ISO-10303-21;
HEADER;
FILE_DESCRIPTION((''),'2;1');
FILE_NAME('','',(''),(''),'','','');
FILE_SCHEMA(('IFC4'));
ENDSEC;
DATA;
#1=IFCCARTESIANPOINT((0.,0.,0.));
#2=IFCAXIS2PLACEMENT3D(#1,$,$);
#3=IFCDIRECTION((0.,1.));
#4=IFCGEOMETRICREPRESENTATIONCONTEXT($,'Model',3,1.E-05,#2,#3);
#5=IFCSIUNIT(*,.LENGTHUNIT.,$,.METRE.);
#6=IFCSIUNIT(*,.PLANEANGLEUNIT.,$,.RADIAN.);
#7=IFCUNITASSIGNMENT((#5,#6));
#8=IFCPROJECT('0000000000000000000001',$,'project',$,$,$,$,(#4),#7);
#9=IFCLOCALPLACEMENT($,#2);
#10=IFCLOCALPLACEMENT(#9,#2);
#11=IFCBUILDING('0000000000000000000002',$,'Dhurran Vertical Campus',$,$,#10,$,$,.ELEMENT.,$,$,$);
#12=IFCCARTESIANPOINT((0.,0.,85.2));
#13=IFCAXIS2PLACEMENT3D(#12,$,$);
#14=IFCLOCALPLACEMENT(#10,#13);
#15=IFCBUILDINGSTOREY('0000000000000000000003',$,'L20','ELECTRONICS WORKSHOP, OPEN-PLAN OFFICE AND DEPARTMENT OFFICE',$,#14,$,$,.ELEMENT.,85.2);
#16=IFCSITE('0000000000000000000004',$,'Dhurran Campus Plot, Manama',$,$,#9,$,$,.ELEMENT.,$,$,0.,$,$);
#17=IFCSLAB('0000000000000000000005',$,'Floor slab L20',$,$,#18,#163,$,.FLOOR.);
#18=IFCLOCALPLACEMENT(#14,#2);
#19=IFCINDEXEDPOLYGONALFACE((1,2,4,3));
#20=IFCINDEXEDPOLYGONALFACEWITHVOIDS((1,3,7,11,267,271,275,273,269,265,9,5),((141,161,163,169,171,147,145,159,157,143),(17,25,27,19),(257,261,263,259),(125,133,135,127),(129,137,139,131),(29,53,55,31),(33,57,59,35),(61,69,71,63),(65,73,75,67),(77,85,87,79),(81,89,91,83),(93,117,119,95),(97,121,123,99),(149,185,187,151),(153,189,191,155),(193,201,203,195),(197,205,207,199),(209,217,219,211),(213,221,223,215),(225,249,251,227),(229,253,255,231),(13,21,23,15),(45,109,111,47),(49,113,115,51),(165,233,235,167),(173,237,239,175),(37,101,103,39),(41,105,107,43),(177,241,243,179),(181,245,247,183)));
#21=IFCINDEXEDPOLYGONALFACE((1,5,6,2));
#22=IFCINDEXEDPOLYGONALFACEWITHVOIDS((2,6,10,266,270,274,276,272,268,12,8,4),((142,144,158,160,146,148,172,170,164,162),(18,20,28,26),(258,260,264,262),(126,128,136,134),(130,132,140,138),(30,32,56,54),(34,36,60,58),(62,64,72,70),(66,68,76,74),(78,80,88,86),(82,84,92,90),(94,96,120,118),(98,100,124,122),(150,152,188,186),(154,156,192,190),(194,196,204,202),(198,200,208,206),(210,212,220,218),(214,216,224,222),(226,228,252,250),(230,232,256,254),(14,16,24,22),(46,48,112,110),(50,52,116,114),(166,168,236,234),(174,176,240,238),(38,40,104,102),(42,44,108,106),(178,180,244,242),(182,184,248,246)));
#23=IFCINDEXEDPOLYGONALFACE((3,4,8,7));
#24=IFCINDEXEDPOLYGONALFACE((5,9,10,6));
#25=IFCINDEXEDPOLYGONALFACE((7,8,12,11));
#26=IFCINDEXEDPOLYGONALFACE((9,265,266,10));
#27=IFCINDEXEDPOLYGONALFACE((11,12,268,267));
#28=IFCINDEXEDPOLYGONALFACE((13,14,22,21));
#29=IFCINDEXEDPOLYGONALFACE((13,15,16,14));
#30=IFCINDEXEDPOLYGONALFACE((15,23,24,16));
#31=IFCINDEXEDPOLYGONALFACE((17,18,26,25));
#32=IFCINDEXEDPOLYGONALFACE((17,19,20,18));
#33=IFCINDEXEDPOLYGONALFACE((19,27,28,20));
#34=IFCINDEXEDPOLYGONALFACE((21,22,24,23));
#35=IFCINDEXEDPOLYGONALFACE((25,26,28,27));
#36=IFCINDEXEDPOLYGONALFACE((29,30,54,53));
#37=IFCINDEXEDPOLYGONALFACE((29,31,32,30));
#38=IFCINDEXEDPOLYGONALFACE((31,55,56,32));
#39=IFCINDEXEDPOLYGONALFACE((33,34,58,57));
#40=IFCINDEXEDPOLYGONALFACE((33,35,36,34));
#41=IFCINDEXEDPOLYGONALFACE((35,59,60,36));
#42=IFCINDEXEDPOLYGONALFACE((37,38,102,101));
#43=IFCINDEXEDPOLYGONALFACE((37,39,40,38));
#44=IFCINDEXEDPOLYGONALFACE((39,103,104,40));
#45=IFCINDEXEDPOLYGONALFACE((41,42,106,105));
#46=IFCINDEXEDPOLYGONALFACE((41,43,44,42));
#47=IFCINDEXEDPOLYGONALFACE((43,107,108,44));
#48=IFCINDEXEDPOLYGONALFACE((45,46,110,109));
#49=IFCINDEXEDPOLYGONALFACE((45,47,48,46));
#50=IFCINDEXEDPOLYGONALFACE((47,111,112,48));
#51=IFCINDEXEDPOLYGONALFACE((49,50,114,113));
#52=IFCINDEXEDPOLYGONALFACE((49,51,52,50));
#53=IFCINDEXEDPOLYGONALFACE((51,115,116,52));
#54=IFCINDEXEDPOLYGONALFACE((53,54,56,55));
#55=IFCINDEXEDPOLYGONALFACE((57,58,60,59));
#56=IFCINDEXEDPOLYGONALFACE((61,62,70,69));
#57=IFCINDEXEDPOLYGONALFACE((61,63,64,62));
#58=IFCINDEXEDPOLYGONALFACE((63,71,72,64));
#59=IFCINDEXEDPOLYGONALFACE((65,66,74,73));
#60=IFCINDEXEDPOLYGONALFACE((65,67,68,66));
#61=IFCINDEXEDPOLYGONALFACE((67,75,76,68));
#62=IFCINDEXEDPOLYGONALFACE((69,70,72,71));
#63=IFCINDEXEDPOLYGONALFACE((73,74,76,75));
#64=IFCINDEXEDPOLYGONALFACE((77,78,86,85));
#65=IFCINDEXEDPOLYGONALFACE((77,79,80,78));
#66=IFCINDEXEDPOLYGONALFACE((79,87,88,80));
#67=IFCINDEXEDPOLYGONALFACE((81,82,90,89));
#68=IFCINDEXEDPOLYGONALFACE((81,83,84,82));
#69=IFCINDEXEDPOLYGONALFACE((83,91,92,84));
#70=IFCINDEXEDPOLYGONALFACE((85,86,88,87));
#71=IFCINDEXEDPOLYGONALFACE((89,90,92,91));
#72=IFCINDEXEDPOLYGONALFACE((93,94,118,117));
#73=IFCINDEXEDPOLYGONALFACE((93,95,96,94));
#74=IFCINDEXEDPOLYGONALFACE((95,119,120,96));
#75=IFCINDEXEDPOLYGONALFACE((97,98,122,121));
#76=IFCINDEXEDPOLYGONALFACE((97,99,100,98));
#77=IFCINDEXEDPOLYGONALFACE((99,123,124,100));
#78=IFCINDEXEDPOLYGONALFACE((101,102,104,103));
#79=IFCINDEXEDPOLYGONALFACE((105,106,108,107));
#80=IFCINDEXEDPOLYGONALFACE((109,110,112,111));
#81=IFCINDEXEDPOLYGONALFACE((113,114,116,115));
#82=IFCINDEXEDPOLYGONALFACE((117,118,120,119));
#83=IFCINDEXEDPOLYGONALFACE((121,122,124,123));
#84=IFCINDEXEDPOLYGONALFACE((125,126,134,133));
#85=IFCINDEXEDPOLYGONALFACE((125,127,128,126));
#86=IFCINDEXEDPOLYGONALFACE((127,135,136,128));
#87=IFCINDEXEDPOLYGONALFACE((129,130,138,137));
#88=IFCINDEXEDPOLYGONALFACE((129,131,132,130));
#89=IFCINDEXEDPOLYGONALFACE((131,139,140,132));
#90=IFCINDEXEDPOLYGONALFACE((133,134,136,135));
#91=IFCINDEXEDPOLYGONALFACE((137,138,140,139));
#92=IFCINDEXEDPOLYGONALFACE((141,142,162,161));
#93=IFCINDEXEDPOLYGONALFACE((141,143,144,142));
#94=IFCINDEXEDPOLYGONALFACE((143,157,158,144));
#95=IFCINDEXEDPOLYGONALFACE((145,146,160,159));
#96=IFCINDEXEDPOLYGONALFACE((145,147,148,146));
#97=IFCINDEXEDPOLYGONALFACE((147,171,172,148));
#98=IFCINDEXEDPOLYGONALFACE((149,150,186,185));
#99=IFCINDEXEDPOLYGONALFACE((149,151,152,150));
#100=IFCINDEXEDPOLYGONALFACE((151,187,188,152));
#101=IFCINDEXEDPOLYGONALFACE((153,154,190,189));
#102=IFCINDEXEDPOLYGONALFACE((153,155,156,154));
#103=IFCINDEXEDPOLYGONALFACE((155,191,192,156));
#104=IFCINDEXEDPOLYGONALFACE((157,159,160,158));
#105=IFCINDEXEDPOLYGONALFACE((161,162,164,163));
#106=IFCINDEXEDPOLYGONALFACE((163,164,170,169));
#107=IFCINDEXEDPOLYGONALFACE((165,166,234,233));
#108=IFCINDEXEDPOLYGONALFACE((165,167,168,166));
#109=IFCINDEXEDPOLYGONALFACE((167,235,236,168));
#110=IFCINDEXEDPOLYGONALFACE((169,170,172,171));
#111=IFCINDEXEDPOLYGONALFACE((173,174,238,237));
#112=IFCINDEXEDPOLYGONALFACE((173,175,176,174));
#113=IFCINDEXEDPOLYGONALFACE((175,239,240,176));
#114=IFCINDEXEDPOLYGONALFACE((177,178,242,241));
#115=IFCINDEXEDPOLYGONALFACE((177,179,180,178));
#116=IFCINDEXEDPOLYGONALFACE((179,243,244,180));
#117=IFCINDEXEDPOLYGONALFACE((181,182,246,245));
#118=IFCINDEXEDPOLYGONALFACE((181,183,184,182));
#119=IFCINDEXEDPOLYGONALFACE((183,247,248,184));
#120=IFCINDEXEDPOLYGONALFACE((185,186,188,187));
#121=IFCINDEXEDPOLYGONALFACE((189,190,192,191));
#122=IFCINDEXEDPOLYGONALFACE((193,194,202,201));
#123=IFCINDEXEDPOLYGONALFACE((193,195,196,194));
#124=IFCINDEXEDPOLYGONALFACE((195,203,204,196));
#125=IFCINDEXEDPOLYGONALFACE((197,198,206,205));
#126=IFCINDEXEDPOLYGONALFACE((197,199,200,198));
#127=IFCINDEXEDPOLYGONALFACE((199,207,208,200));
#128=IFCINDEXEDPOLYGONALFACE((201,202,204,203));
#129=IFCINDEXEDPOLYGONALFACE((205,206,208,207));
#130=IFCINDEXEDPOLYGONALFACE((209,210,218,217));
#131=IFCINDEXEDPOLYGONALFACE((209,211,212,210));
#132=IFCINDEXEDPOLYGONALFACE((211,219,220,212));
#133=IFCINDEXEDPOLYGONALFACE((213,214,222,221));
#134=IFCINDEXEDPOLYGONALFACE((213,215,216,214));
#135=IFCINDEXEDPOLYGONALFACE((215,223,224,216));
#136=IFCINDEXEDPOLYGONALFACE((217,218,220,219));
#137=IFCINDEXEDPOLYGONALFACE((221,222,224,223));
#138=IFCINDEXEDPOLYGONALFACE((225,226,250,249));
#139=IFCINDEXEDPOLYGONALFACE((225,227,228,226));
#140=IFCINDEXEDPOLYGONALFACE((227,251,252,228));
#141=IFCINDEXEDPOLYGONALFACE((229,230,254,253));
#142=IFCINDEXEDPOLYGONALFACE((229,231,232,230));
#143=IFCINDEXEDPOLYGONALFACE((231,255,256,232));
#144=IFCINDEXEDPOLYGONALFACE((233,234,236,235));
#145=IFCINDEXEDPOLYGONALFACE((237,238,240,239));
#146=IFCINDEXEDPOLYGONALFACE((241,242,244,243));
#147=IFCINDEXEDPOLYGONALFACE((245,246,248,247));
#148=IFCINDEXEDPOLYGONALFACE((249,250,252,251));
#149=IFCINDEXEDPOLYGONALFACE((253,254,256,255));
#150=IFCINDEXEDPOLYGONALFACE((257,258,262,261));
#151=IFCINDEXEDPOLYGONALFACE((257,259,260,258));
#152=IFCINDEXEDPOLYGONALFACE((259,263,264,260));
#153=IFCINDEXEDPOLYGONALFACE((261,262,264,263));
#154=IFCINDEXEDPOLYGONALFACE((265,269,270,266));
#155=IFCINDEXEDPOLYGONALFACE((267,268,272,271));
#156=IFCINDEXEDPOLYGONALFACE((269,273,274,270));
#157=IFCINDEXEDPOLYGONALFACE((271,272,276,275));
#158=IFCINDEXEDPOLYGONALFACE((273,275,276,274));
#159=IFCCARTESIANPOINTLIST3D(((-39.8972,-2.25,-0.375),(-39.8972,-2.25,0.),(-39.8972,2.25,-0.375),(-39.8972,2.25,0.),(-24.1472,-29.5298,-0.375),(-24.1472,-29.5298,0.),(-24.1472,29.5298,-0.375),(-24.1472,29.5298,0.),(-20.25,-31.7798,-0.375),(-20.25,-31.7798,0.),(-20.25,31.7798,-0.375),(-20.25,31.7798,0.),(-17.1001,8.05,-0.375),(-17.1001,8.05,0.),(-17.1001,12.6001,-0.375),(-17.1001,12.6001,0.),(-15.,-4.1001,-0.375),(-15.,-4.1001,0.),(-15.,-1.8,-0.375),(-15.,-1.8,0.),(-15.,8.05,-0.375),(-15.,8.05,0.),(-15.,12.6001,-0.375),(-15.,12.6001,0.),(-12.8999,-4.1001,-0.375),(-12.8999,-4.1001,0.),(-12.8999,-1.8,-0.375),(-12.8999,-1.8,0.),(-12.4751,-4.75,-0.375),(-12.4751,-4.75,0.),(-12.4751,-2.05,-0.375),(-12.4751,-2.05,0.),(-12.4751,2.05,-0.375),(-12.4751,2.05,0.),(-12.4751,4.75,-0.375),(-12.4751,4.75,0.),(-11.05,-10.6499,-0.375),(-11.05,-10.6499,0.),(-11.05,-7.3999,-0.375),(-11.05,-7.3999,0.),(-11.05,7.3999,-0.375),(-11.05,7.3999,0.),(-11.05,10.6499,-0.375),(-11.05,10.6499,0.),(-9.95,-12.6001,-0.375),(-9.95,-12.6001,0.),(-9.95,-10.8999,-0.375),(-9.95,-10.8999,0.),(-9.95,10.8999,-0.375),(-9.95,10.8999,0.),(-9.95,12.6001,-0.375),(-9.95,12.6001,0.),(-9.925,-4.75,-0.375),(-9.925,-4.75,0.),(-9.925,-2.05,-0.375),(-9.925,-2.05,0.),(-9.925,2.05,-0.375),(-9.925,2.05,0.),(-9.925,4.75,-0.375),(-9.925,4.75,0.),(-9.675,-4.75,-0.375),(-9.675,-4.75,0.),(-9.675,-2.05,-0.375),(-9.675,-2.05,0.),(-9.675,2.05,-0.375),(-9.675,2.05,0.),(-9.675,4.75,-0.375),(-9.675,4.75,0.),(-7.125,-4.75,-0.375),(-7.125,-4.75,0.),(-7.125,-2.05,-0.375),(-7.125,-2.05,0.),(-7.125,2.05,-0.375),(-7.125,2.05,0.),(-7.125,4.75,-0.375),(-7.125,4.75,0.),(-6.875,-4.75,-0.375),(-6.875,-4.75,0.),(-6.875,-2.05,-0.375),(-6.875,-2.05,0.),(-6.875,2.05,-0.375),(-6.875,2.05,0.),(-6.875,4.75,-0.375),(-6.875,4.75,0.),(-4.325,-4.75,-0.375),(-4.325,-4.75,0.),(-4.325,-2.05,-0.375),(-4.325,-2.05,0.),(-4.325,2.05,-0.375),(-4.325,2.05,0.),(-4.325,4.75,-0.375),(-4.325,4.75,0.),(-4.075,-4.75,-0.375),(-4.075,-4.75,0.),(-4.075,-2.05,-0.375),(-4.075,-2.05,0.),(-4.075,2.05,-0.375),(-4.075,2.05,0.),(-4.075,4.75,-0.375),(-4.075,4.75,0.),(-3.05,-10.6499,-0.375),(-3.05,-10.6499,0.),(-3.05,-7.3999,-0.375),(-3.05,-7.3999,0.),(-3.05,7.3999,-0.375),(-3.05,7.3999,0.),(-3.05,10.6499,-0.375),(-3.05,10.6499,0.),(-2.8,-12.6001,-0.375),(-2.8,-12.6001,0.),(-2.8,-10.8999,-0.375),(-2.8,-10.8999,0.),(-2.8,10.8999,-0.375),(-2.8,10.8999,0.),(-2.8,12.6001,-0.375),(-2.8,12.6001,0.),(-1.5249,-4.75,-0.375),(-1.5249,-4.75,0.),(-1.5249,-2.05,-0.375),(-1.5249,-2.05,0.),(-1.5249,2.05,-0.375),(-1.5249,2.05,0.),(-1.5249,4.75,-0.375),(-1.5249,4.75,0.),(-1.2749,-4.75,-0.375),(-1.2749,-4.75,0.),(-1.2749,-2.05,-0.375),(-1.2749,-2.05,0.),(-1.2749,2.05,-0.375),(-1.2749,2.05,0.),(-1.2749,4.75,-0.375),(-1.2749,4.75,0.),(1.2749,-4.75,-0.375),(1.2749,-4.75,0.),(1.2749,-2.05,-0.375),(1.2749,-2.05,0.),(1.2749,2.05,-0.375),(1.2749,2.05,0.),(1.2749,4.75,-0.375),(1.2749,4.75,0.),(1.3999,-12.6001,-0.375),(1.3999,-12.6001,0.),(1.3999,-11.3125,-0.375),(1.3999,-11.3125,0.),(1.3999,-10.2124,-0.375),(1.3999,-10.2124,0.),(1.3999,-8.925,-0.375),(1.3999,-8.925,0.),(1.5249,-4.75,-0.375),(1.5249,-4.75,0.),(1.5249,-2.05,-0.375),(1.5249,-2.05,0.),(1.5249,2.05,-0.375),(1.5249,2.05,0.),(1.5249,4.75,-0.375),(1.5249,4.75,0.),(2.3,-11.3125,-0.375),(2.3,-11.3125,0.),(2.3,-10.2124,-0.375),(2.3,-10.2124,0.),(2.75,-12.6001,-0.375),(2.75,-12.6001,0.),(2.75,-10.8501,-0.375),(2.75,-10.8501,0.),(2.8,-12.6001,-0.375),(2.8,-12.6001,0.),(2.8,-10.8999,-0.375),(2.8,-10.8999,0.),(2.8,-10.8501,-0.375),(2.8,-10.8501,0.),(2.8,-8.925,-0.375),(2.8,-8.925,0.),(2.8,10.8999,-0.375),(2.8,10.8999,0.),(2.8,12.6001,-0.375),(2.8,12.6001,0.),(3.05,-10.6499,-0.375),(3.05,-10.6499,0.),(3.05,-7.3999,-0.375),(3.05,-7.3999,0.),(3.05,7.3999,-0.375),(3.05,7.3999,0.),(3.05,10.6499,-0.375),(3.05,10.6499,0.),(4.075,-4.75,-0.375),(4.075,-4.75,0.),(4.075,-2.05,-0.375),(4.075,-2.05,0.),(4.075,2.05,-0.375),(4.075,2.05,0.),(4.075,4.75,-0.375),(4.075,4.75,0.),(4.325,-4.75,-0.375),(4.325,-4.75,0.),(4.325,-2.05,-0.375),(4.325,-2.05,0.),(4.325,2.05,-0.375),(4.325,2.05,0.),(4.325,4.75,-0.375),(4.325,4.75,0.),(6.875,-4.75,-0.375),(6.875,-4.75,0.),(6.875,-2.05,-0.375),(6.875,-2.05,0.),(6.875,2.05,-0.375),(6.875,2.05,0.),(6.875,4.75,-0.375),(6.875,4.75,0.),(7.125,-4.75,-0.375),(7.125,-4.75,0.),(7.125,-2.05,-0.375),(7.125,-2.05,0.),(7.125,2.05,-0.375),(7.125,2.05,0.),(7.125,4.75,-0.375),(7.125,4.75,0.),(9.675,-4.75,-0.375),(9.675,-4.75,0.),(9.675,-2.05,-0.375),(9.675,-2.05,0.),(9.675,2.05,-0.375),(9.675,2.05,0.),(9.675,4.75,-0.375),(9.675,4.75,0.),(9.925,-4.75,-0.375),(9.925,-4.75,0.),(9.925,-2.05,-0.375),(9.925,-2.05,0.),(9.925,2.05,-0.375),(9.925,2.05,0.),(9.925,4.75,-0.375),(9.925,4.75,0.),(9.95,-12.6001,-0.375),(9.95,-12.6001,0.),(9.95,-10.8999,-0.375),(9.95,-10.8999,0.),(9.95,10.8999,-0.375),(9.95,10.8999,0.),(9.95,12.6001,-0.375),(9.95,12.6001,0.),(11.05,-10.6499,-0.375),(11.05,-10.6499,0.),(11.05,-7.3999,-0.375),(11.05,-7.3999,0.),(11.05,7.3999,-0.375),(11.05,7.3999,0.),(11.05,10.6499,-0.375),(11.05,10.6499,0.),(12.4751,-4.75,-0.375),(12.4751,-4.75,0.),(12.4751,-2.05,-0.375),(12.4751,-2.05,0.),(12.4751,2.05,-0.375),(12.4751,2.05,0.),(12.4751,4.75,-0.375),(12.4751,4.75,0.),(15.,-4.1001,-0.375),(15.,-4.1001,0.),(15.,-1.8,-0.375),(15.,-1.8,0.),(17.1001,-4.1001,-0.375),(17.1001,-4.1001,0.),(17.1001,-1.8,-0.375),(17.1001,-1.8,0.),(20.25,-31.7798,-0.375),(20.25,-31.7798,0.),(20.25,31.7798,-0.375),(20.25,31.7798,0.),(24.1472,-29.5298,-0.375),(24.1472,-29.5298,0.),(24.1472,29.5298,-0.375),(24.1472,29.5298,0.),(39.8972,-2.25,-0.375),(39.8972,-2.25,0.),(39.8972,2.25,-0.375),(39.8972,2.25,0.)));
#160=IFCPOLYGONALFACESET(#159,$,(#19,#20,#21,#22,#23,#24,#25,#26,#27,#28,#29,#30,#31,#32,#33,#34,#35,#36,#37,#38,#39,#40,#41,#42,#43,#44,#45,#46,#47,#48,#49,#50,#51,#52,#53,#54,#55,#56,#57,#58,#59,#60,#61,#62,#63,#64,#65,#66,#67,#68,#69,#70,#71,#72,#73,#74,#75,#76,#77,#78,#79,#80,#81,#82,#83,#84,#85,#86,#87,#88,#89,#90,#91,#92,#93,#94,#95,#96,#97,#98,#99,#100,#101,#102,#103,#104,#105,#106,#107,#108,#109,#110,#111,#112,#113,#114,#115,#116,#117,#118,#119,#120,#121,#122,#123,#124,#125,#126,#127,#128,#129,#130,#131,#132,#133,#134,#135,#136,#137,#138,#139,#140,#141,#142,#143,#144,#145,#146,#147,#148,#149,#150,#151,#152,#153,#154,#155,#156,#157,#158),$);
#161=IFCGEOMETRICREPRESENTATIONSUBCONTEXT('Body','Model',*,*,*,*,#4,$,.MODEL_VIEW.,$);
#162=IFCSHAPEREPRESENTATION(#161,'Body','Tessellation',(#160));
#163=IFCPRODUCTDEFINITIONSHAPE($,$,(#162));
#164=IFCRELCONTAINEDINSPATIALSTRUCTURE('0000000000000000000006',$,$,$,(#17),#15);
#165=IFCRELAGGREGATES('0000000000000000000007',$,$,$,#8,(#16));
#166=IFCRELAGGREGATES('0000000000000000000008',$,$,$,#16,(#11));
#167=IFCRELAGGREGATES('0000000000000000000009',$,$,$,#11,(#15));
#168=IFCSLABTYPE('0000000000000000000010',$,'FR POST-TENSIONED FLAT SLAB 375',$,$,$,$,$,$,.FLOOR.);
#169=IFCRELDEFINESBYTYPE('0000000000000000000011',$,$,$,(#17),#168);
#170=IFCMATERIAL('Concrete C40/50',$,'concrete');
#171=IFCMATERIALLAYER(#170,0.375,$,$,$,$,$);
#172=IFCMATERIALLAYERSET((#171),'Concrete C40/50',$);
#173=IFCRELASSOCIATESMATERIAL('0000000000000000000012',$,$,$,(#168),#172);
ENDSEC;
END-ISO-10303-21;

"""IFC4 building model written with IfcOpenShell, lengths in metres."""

from ifc_helpers import new_model, si_unit, direction, frame, origin, place, context, subcontext, project, spatial, polyline, outline, extrude, material, layer, layer_set, type_object, element, save


model = new_model("IFC4")

# Units and contexts
model_context = context("Model", 3, precision=1e-05, world=origin(), true_north=direction((0.0, 1.0)))
body_context = subcontext(model_context, "Body", "Model", "MODEL_VIEW")
ifc_project = project(units=[si_unit("LENGTHUNIT", "METRE"), si_unit("PLANEANGLEUNIT", "RADIAN")], contexts=[model_context])

# Site, building, storey
site_placement = place(None, origin())
site = spatial("IfcSite", under=ifc_project, at=site_placement, Name="Dhurran Campus Plot, Manama", CompositionType="ELEMENT", RefElevation=0.0)
building_placement = place(site_placement, origin())
building = spatial("IfcBuilding", under=site, at=building_placement, Name="Dhurran Vertical Campus", CompositionType="ELEMENT")
storey_placement = place(building_placement, frame((0.0, 0.0, 85.2)))
storey = spatial("IfcBuildingStorey", under=building, at=storey_placement, Name="L20", Description="ELECTRONICS WORKSHOP, OPEN-PLAN OFFICE AND DEPARTMENT OFFICE", CompositionType="ELEMENT", Elevation=85.2)

# Slab
ifc_material_1 = material(Name="Concrete C40/50", Category="concrete")
ifc_layer_1 = layer(ifc_material_1, 0.375)
ifc_layer_set_1 = layer_set([ifc_layer_1], Name="Concrete C40/50")
slab_type = type_object("IfcSlabType", Name="FR POST-TENSIONED FLAT SLAB 375", PredefinedType="FLOOR", material=ifc_layer_set_1)
slab_placement = place(storey_placement, frame((0.0, 0.0, -0.375)))
element("IfcSlab", 1, at=slab_placement, inside=storey, type_object=slab_type, Name="Floor slab L20", PredefinedType="FLOOR", context=body_context, shape_type="SweptSolid", body=[
    extrude(outline(polyline([(-20.25, -31.7798), (20.25, -31.7798), (24.1472, -29.5298), (39.8972, -2.25), (39.8972, 2.25), (24.1472, 29.5298), (20.25, 31.7798), (-20.25, 31.7798), (-24.1472, 29.5298), (-39.8972, 2.25), (-39.8972, -2.25), (-24.1472, -29.5298), (-20.25, -31.7798)]), holes=[polyline([(-12.4751, 2.05), (-9.925, 2.05), (-9.925, 4.75), (-12.4751, 4.75), (-12.4751, 2.05)]), polyline([(-9.675, 2.05), (-7.125, 2.05), (-7.125, 4.75), (-9.675, 4.75), (-9.675, 2.05)]), polyline([(-6.875, 2.05), (-4.325, 2.05), (-4.325, 4.75), (-6.875, 4.75), (-6.875, 2.05)]), polyline([(-1.2749, 2.05), (1.2749, 2.05), (1.2749, 4.75), (-1.2749, 4.75), (-1.2749, 2.05)]), polyline([(9.925, 2.05), (12.4751, 2.05), (12.4751, 4.75), (9.925, 4.75), (9.925, 2.05)]), polyline([(-1.2749, -4.75), (1.2749, -4.75), (1.2749, -2.05), (-1.2749, -2.05), (-1.2749, -4.75)]), polyline([(1.5249, -4.75), (4.075, -4.75), (4.075, -2.05), (1.5249, -2.05), (1.5249, -4.75)]), polyline([(4.325, -4.75), (6.875, -4.75), (6.875, -2.05), (4.325, -2.05), (4.325, -4.75)]), polyline([(7.125, -4.75), (9.675, -4.75), (9.675, -2.05), (7.125, -2.05), (7.125, -4.75)]), polyline([(9.925, -4.75), (12.4751, -4.75), (12.4751, -2.05), (9.925, -2.05), (9.925, -4.75)]), polyline([(-4.075, 2.05), (-1.5249, 2.05), (-1.5249, 4.75), (-4.075, 4.75), (-4.075, 2.05)]), polyline([(1.5249, 2.05), (4.075, 2.05), (4.075, 4.75), (1.5249, 4.75), (1.5249, 2.05)]), polyline([(4.325, 2.05), (6.875, 2.05), (6.875, 4.75), (4.325, 4.75), (4.325, 2.05)]), polyline([(7.125, 2.05), (9.675, 2.05), (9.675, 4.75), (7.125, 4.75), (7.125, 2.05)]), polyline([(-12.4751, -4.75), (-9.925, -4.75), (-9.925, -2.05), (-12.4751, -2.05), (-12.4751, -4.75)]), polyline([(-9.675, -4.75), (-7.125, -4.75), (-7.125, -2.05), (-9.675, -2.05), (-9.675, -4.75)]), polyline([(-6.875, -4.75), (-4.325, -4.75), (-4.325, -2.05), (-6.875, -2.05), (-6.875, -4.75)]), polyline([(-4.075, -4.75), (-1.5249, -4.75), (-1.5249, -2.05), (-4.075, -2.05), (-4.075, -4.75)]), polyline([(-11.05, 7.3999), (-3.05, 7.3999), (-3.05, 10.6499), (-11.05, 10.6499), (-11.05, 7.3999)]), polyline([(3.05, 7.3999), (11.05, 7.3999), (11.05, 10.6499), (3.05, 10.6499), (3.05, 7.3999)]), polyline([(-11.05, -10.6499), (-3.05, -10.6499), (-3.05, -7.3999), (-11.05, -7.3999), (-11.05, -10.6499)]), polyline([(3.05, -10.6499), (11.05, -10.6499), (11.05, -7.3999), (3.05, -7.3999), (3.05, -10.6499)]), polyline([(-9.95, 10.8999), (-9.95, 12.6001), (-2.8, 12.6001), (-2.8, 10.8999), (-9.95, 10.8999)]), polyline([(9.95, 12.6001), (9.95, 10.8999), (2.8, 10.8999), (2.8, 12.6001), (9.95, 12.6001)]), polyline([(-9.95, -12.6001), (-9.95, -10.8999), (-2.8, -10.8999), (-2.8, -12.6001), (-9.95, -12.6001)]), polyline([(9.95, -10.8999), (9.95, -12.6001), (2.8, -12.6001), (2.8, -10.8999), (9.95, -10.8999)]), polyline([(-12.8999, -4.1001), (-15.0, -4.1001), (-15.0, -1.8), (-12.8999, -1.8), (-12.8999, -4.1001)]), polyline([(-15.0, 8.05), (-17.1001, 8.05), (-17.1001, 12.6001), (-15.0, 12.6001), (-15.0, 8.05)]), polyline([(17.1001, -4.1001), (15.0, -4.1001), (15.0, -1.8), (17.1001, -1.8), (17.1001, -4.1001)]), polyline([(2.8, -10.8501), (2.75, -10.8501), (2.75, -12.6001), (1.3999, -12.6001), (1.3999, -11.3125), (2.3, -11.3125), (2.3, -10.2124), (1.3999, -10.2124), (1.3999, -8.925), (2.8, -8.925), (2.8, -10.8501)])]), origin(), (0.0, 0.0, 1.0), 0.375),
])

save(model, "model.ifc")
